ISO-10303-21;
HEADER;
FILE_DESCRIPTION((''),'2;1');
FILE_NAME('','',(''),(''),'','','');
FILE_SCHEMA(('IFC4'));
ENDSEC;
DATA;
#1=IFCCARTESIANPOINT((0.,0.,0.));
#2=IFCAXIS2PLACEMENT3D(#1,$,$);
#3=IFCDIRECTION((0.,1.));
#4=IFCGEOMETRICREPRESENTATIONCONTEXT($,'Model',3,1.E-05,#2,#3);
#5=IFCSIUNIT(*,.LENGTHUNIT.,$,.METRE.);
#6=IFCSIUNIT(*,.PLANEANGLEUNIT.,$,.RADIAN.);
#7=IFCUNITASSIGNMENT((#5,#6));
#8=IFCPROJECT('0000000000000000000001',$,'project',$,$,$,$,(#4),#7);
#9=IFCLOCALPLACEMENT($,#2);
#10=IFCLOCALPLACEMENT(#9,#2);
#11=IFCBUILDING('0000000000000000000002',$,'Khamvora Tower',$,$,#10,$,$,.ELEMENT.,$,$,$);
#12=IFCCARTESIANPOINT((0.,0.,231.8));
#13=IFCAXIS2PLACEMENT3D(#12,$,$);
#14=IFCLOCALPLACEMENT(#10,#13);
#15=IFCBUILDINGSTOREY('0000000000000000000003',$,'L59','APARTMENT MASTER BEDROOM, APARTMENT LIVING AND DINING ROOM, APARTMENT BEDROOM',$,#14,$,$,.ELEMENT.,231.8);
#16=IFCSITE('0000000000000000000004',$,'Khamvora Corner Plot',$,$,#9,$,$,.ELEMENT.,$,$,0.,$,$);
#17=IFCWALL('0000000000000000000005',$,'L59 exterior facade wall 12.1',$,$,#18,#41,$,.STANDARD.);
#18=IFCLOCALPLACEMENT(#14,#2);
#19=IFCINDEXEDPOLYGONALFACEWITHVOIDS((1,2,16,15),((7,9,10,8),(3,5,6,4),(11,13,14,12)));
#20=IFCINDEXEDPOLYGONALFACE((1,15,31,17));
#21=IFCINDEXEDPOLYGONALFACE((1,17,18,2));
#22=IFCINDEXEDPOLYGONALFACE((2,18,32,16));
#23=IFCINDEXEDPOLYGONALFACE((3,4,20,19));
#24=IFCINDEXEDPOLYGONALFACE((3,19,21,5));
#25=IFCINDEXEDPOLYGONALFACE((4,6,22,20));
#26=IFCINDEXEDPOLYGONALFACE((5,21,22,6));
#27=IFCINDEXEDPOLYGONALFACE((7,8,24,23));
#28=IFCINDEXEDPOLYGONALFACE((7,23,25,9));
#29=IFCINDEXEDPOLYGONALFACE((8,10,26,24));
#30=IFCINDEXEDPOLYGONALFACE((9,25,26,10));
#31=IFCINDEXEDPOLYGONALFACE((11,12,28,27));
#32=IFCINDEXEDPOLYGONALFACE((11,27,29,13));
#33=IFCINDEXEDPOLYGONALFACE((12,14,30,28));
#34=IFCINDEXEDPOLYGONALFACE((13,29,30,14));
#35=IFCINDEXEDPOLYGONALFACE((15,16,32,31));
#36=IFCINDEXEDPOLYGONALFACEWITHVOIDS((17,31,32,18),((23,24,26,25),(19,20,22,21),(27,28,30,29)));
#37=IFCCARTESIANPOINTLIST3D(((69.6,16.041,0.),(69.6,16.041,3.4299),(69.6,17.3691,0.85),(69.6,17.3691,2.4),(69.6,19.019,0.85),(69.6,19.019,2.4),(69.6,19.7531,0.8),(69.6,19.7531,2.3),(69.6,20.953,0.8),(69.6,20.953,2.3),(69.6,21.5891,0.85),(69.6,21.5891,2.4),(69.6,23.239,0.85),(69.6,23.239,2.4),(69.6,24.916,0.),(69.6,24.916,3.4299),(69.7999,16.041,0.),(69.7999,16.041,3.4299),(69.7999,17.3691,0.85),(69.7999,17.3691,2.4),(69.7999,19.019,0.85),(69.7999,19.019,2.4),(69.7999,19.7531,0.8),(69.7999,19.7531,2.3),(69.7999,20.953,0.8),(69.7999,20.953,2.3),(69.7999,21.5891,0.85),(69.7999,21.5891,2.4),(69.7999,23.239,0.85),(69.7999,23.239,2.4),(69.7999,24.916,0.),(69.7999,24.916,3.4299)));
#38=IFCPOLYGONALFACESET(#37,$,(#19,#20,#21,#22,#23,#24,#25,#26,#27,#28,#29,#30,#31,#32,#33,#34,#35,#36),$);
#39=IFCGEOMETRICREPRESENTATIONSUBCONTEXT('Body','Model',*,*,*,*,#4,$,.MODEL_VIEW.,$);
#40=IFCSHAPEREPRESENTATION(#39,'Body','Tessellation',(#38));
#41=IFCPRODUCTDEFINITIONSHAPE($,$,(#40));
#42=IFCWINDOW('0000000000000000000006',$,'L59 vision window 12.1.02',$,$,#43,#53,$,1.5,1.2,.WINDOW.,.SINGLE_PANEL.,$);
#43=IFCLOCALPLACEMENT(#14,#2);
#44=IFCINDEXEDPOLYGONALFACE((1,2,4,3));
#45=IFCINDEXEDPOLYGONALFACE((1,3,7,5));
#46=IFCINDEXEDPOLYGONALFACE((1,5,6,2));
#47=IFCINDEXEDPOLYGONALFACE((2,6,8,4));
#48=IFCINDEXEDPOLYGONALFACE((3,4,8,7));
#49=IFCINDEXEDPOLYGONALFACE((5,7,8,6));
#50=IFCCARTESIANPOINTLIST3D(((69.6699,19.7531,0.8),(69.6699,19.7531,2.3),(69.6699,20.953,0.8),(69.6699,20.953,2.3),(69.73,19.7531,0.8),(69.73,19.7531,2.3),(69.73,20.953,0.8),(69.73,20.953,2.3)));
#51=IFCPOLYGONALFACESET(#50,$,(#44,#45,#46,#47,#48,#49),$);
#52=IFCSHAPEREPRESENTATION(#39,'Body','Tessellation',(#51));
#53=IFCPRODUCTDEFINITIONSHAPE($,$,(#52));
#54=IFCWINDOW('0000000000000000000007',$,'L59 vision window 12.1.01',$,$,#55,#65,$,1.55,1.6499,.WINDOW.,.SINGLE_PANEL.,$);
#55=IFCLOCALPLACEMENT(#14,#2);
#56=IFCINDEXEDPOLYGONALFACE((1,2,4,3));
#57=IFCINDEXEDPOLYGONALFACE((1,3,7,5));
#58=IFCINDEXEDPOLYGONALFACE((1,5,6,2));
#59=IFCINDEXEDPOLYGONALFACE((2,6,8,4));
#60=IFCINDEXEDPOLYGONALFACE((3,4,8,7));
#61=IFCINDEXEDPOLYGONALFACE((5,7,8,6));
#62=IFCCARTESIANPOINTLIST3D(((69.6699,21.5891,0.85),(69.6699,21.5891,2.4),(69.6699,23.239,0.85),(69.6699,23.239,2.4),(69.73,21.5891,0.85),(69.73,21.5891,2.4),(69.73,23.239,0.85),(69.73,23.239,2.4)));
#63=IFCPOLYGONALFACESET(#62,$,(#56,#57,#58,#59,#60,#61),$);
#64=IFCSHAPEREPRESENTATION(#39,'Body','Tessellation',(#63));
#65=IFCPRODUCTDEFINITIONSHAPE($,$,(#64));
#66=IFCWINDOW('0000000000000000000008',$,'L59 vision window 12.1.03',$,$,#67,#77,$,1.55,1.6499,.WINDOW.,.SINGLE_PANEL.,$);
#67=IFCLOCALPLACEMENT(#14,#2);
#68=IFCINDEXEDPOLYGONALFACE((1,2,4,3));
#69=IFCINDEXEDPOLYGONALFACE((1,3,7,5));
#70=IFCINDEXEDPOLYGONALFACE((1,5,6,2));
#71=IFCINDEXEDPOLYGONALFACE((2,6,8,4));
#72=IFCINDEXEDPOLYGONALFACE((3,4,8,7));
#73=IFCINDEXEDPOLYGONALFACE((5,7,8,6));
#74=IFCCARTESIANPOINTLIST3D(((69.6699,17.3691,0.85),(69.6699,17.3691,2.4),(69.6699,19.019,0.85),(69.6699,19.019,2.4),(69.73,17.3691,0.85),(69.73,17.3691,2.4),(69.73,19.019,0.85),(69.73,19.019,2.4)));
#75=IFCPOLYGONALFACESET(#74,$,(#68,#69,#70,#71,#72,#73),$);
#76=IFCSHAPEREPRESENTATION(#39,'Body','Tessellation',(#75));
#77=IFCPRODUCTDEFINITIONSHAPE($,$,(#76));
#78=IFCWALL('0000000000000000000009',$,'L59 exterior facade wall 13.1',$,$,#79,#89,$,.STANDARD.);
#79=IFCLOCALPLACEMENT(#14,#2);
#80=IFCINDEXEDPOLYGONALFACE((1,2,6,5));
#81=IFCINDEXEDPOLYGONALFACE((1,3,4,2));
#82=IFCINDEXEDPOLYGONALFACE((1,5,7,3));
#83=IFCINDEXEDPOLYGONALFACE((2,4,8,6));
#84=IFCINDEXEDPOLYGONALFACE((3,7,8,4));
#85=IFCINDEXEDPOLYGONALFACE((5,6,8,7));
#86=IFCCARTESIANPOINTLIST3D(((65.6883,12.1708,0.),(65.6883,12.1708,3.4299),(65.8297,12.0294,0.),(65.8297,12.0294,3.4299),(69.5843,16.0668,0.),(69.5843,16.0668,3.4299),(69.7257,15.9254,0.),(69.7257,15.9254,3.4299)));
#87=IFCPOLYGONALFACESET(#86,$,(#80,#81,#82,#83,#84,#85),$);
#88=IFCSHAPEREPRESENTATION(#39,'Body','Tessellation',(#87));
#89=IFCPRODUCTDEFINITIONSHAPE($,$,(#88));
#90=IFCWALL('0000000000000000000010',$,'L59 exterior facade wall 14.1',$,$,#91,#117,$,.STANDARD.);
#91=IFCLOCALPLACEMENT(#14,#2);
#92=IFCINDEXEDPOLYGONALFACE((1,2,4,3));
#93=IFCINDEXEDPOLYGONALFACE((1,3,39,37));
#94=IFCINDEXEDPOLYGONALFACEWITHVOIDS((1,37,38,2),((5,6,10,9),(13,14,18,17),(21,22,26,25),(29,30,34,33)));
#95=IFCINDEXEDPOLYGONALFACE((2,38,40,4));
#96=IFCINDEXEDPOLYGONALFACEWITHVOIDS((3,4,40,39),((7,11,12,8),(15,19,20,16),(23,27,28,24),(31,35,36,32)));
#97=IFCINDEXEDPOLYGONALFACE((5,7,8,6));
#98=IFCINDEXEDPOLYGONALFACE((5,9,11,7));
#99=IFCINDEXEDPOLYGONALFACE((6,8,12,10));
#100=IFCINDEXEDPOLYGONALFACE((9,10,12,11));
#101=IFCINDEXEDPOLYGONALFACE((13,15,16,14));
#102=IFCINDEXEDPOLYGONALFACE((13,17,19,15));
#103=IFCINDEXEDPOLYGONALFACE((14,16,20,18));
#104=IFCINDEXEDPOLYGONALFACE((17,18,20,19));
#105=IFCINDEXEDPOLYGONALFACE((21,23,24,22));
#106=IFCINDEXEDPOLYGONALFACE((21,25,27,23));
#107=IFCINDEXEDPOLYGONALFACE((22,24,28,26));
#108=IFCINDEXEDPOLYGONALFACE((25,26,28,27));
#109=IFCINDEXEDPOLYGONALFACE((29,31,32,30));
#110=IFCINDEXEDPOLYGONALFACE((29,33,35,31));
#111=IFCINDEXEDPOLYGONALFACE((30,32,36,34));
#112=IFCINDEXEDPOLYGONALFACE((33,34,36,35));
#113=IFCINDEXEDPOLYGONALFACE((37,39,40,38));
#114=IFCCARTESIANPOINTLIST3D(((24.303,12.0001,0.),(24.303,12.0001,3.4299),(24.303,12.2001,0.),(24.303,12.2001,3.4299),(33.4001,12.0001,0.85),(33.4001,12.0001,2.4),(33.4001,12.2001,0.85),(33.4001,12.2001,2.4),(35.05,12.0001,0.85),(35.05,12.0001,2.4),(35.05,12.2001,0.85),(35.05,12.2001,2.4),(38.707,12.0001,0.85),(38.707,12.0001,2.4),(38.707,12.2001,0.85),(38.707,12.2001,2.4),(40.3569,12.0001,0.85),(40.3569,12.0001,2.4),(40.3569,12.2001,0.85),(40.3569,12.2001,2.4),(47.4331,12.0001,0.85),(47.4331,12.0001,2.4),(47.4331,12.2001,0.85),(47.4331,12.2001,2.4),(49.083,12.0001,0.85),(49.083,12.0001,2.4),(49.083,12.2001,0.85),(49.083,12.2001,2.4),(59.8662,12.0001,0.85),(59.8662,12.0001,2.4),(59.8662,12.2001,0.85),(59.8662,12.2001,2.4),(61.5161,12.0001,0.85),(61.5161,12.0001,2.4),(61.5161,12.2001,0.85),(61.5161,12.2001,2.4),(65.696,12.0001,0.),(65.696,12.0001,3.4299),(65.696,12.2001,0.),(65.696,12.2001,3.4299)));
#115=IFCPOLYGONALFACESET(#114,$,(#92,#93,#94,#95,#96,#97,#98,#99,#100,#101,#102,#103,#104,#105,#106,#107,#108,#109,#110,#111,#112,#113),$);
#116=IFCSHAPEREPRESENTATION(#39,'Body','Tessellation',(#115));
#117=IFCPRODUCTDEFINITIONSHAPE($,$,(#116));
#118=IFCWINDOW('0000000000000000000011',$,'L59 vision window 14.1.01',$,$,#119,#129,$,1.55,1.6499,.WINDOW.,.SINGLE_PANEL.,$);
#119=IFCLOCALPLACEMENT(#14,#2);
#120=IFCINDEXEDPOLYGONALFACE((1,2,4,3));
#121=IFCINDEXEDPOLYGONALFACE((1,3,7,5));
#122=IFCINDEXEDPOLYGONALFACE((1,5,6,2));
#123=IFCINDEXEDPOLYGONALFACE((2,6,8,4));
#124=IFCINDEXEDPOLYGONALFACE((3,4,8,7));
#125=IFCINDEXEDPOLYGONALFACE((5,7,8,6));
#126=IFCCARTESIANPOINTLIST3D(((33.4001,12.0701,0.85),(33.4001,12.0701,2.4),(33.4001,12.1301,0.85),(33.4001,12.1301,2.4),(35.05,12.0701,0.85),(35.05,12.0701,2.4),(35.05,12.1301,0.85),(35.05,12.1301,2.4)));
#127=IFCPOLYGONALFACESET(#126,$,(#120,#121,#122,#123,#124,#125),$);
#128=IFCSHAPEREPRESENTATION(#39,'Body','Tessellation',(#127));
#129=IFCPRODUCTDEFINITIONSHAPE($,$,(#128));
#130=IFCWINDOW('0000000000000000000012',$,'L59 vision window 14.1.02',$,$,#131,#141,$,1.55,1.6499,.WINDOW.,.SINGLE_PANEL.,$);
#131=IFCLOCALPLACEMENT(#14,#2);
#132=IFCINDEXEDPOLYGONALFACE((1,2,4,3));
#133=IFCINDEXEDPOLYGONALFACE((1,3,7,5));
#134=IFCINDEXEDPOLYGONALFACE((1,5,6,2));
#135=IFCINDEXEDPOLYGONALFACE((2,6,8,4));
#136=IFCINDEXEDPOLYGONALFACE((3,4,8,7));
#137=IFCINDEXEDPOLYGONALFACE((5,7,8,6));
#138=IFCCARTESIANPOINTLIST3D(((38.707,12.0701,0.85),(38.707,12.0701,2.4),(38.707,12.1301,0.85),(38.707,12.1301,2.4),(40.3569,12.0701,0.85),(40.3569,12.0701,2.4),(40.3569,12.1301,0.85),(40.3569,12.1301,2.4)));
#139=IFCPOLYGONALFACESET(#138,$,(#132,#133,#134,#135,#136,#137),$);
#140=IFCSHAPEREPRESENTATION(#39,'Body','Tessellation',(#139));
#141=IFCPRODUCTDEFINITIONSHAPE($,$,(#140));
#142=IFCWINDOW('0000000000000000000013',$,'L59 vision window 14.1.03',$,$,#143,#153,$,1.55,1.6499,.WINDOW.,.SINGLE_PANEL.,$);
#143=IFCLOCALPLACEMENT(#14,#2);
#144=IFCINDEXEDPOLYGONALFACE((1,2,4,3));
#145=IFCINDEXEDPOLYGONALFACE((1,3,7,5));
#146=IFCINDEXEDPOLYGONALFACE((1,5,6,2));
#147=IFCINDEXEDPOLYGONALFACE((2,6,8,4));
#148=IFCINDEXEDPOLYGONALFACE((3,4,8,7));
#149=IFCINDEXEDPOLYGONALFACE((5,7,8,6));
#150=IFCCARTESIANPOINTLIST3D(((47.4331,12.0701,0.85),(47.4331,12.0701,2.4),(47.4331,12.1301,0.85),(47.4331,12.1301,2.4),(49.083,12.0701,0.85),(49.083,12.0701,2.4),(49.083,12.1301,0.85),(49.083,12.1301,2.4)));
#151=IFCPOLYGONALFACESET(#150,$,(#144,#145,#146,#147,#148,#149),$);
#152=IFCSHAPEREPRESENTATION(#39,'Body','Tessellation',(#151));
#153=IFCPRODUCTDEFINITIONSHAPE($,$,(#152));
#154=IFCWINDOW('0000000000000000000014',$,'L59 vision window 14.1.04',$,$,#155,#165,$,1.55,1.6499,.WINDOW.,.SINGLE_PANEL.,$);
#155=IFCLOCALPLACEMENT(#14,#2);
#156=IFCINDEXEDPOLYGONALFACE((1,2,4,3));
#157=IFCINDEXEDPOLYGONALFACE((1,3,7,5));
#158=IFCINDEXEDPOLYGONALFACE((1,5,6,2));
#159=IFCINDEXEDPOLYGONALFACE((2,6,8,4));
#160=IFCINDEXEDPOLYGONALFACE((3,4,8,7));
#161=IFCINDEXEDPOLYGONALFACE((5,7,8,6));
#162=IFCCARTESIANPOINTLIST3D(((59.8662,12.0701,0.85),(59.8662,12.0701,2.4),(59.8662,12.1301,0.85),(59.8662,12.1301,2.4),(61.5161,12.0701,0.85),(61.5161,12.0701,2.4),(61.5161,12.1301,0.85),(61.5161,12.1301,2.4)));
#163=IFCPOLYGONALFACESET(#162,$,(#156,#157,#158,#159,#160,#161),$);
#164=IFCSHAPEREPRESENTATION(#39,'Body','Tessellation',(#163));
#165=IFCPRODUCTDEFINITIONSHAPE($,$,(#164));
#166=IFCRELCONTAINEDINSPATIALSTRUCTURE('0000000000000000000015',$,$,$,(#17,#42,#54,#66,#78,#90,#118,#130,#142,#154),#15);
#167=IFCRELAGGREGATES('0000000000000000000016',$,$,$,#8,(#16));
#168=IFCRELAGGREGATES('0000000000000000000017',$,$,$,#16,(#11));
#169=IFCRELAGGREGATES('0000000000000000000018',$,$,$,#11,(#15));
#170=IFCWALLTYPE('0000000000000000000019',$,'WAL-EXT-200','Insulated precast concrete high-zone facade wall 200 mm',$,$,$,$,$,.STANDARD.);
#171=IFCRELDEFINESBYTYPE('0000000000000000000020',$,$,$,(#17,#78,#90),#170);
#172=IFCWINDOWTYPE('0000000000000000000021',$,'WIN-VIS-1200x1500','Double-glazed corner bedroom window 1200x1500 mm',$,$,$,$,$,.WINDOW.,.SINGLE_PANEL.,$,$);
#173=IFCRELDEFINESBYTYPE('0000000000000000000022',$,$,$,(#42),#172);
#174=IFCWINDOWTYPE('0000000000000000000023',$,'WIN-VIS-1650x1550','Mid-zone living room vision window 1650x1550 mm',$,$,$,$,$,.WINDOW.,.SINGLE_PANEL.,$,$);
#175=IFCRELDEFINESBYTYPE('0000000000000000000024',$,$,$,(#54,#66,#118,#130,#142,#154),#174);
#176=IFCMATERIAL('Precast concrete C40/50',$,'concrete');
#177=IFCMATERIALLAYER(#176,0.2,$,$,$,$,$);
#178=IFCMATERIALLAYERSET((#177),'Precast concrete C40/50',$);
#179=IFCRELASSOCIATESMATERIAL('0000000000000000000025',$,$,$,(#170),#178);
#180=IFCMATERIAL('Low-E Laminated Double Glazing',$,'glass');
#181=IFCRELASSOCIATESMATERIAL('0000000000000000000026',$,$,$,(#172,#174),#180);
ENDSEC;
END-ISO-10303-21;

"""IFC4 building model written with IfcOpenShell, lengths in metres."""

from ifc_helpers import new_model, si_unit, direction, frame, frame_2d, origin, place, context, subcontext, project, spatial, rectangle, extrude, material, layer, layer_set, type_object, element, fill, save


model = new_model("IFC4")

# Units and contexts
model_context = context("Model", 3, precision=1e-05, world=origin(), true_north=direction((0.0, 1.0)))
body_context = subcontext(model_context, "Body", "Model", "MODEL_VIEW")
ifc_project = project(units=[si_unit("LENGTHUNIT", "METRE"), si_unit("PLANEANGLEUNIT", "RADIAN")], contexts=[model_context])

# Site, building, storey
site_placement = place(None, origin())
site = spatial("IfcSite", under=ifc_project, at=site_placement, Name="Khamvora Corner Plot", CompositionType="ELEMENT", RefElevation=0.0)
building_placement = place(site_placement, origin())
building = spatial("IfcBuilding", under=site, at=building_placement, Name="Khamvora Tower", CompositionType="ELEMENT")
storey_placement = place(building_placement, frame((0.0, 0.0, 231.8)))
storey = spatial("IfcBuildingStorey", under=building, at=storey_placement, Name="L59", Description="APARTMENT MASTER BEDROOM, APARTMENT LIVING AND DINING ROOM, APARTMENT BEDROOM", CompositionType="ELEMENT", Elevation=231.8)

# Wall, openings, windows
ifc_material_1 = material(Name="Precast concrete C40/50", Category="concrete")
ifc_layer_1 = layer(ifc_material_1, 0.2)
ifc_layer_set_1 = layer_set([ifc_layer_1], Name="Precast concrete C40/50")
wall_type_1 = type_object("IfcWallType", Name="WAL-EXT-200", Description="Insulated precast concrete high-zone facade wall 200 mm", PredefinedType="STANDARD", material=ifc_layer_set_1)
wall_1_placement = place(storey_placement, frame((69.7, 24.916, 0.0), z_axis=(0.0, 0.0, 1.0), x_axis=(0.0, -1.0, 0.0)))
wall_1 = element("IfcWall", 1, at=wall_1_placement, inside=storey, type_object=wall_type_1, Name="L59 exterior facade wall 12.1", PredefinedType="STANDARD", context=body_context, shape_type="SweptSolid", body=[
    extrude(rectangle(XDim=8.875, YDim=0.2, at=frame_2d((4.4375, 0.0))), origin(), (0.0, 0.0, 1.0), 3.4299),
])
opening_1_placement = place(wall_1_placement, frame((1.677, 0.0, 0.8501)))
opening_1 = element("IfcOpeningElement", 2, at=opening_1_placement, cuts=wall_1, PredefinedType="OPENING", context=body_context, shape_type="SweptSolid", body=[
    extrude(rectangle(XDim=1.6499, YDim=1.55, at=frame_2d((0.825, 0.7749))), frame((0.0, 0.1099, 0.0), z_axis=(0.0, -1.0, 0.0), x_axis=(1.0, 0.0, 0.0)), (0.0, 0.0, 1.0), 0.22),
])
opening_2_placement = place(wall_1_placement, frame((3.9629, 0.0, 0.8)))
opening_2 = element("IfcOpeningElement", 3, at=opening_2_placement, cuts=wall_1, PredefinedType="OPENING", context=body_context, shape_type="SweptSolid", body=[
    extrude(rectangle(XDim=1.2, YDim=1.5, at=frame_2d((0.6001, 0.75))), frame((0.0, 0.1099, 0.0), z_axis=(0.0, -1.0, 0.0), x_axis=(1.0, 0.0, 0.0)), (0.0, 0.0, 1.0), 0.22),
])
opening_3_placement = place(wall_1_placement, frame((5.897, 0.0, 0.8501)))
opening_3 = element("IfcOpeningElement", 4, at=opening_3_placement, cuts=wall_1, PredefinedType="OPENING", context=body_context, shape_type="SweptSolid", body=[
    extrude(rectangle(XDim=1.6499, YDim=1.55, at=frame_2d((0.825, 0.7749))), frame((0.0, 0.1099, 0.0), z_axis=(0.0, -1.0, 0.0), x_axis=(1.0, 0.0, 0.0)), (0.0, 0.0, 1.0), 0.22),
])
ifc_material_2 = material(Name="Low-E Laminated Double Glazing", Category="glass")
window_type_1 = type_object("IfcWindowType", Name="WIN-VIS-1200x1500", Description="Double-glazed corner bedroom window 1200x1500 mm", PartitioningType="SINGLE_PANEL", PredefinedType="WINDOW", material=ifc_material_2)
window_1_placement = place(opening_2_placement, origin())
window_1 = element("IfcWindow", 5, at=window_1_placement, inside=storey, type_object=window_type_1, Name="L59 vision window 12.1.02", OverallHeight=1.5, OverallWidth=1.2, PartitioningType="SINGLE_PANEL", PredefinedType="WINDOW", context=body_context, shape_type="SweptSolid", body=[
    extrude(rectangle(XDim=1.2, YDim=1.5, at=frame_2d((0.6001, 0.75))), frame((0.0, 0.03, 0.0), z_axis=(0.0, -1.0, 0.0), x_axis=(1.0, 0.0, 0.0)), (0.0, 0.0, 1.0), 0.0601),
])
fill(opening_2, window_1)
window_type_2 = type_object("IfcWindowType", Name="WIN-VIS-1650x1550", Description="Mid-zone living room vision window 1650x1550 mm", PartitioningType="SINGLE_PANEL", PredefinedType="WINDOW", material=ifc_material_2)
window_2_placement = place(opening_1_placement, origin())
window_2 = element("IfcWindow", 6, at=window_2_placement, inside=storey, type_object=window_type_2, Name="L59 vision window 12.1.01", OverallHeight=1.55, OverallWidth=1.6499, PartitioningType="SINGLE_PANEL", PredefinedType="WINDOW", context=body_context, shape_type="SweptSolid", body=[
    extrude(rectangle(XDim=1.6499, YDim=1.55, at=frame_2d((0.825, 0.7749))), frame((0.0, 0.03, 0.0), z_axis=(0.0, -1.0, 0.0), x_axis=(1.0, 0.0, 0.0)), (0.0, 0.0, 1.0), 0.0601),
])
fill(opening_1, window_2)
window_3_placement = place(opening_3_placement, origin())
window_3 = element("IfcWindow", 7, at=window_3_placement, inside=storey, type_object=window_type_2, Name="L59 vision window 12.1.03", OverallHeight=1.55, OverallWidth=1.6499, PartitioningType="SINGLE_PANEL", PredefinedType="WINDOW", context=body_context, shape_type="SweptSolid", body=[
    extrude(rectangle(XDim=1.6499, YDim=1.55, at=frame_2d((0.825, 0.7749))), frame((0.0, 0.03, 0.0), z_axis=(0.0, -1.0, 0.0), x_axis=(1.0, 0.0, 0.0)), (0.0, 0.0, 1.0), 0.0601),
])
fill(opening_3, window_3)

# Wall
wall_2_placement = place(storey_placement, frame((69.655, 15.9961, 0.0), z_axis=(0.0, 0.0, 1.0), x_axis=(-0.707107, -0.707107, 0.0)))
element("IfcWall", 8, at=wall_2_placement, inside=storey, type_object=wall_type_1, Name="L59 exterior facade wall 13.1", PredefinedType="STANDARD", context=body_context, shape_type="SweptSolid", body=[
    extrude(rectangle(XDim=5.5098, YDim=0.2, at=frame_2d((2.7549, 0.0))), origin(), (0.0, 0.0, 1.0), 3.4299),
])

# Wall, openings, windows
wall_3_placement = place(storey_placement, frame((65.696, 12.1001, 0.0), z_axis=(0.0, 0.0, 1.0), x_axis=(-1.0, 0.0, 0.0)))
wall_3 = element("IfcWall", 9, at=wall_3_placement, inside=storey, type_object=wall_type_1, Name="L59 exterior facade wall 14.1", PredefinedType="STANDARD", context=body_context, shape_type="SweptSolid", body=[
    extrude(rectangle(XDim=41.3931, YDim=0.2, at=frame_2d((20.6965, 0.0))), origin(), (0.0, 0.0, 1.0), 3.4299),
])
opening_4_placement = place(wall_3_placement, frame((30.646, 0.0, 0.8501)))
opening_4 = element("IfcOpeningElement", 10, at=opening_4_placement, cuts=wall_3, PredefinedType="OPENING", context=body_context, shape_type="SweptSolid", body=[
    extrude(rectangle(XDim=1.6499, YDim=1.55, at=frame_2d((0.825, 0.7749))), frame((0.0, 0.1099, 0.0), z_axis=(0.0, -1.0, 0.0), x_axis=(1.0, 0.0, 0.0)), (0.0, 0.0, 1.0), 0.22),
])
opening_5_placement = place(wall_3_placement, frame((25.3391, 0.0, 0.8501)))
opening_5 = element("IfcOpeningElement", 11, at=opening_5_placement, cuts=wall_3, PredefinedType="OPENING", context=body_context, shape_type="SweptSolid", body=[
    extrude(rectangle(XDim=1.6499, YDim=1.55, at=frame_2d((0.825, 0.7749))), frame((0.0, 0.1099, 0.0), z_axis=(0.0, -1.0, 0.0), x_axis=(1.0, 0.0, 0.0)), (0.0, 0.0, 1.0), 0.22),
])
opening_6_placement = place(wall_3_placement, frame((16.613, 0.0, 0.8501)))
opening_6 = element("IfcOpeningElement", 12, at=opening_6_placement, cuts=wall_3, PredefinedType="OPENING", context=body_context, shape_type="SweptSolid", body=[
    extrude(rectangle(XDim=1.6499, YDim=1.55, at=frame_2d((0.825, 0.7749))), frame((0.0, 0.1099, 0.0), z_axis=(0.0, -1.0, 0.0), x_axis=(1.0, 0.0, 0.0)), (0.0, 0.0, 1.0), 0.22),
])
opening_7_placement = place(wall_3_placement, frame((4.1799, 0.0, 0.8501)))
opening_7 = element("IfcOpeningElement", 13, at=opening_7_placement, cuts=wall_3, PredefinedType="OPENING", context=body_context, shape_type="SweptSolid", body=[
    extrude(rectangle(XDim=1.6499, YDim=1.55, at=frame_2d((0.825, 0.7749))), frame((0.0, 0.1099, 0.0), z_axis=(0.0, -1.0, 0.0), x_axis=(1.0, 0.0, 0.0)), (0.0, 0.0, 1.0), 0.22),
])
window_4_placement = place(opening_4_placement, origin())
window_4 = element("IfcWindow", 14, at=window_4_placement, inside=storey, type_object=window_type_2, Name="L59 vision window 14.1.01", OverallHeight=1.55, OverallWidth=1.6499, PartitioningType="SINGLE_PANEL", PredefinedType="WINDOW", context=body_context, shape_type="SweptSolid", body=[
    extrude(rectangle(XDim=1.6499, YDim=1.55, at=frame_2d((0.825, 0.7749))), frame((0.0, 0.03, 0.0), z_axis=(0.0, -1.0, 0.0), x_axis=(1.0, 0.0, 0.0)), (0.0, 0.0, 1.0), 0.0601),
])
fill(opening_4, window_4)
window_5_placement = place(opening_5_placement, origin())
window_5 = element("IfcWindow", 15, at=window_5_placement, inside=storey, type_object=window_type_2, Name="L59 vision window 14.1.02", OverallHeight=1.55, OverallWidth=1.6499, PartitioningType="SINGLE_PANEL", PredefinedType="WINDOW", context=body_context, shape_type="SweptSolid", body=[
    extrude(rectangle(XDim=1.6499, YDim=1.55, at=frame_2d((0.825, 0.7749))), frame((0.0, 0.03, 0.0), z_axis=(0.0, -1.0, 0.0), x_axis=(1.0, 0.0, 0.0)), (0.0, 0.0, 1.0), 0.0601),
])
fill(opening_5, window_5)
window_6_placement = place(opening_6_placement, origin())
window_6 = element("IfcWindow", 16, at=window_6_placement, inside=storey, type_object=window_type_2, Name="L59 vision window 14.1.03", OverallHeight=1.55, OverallWidth=1.6499, PartitioningType="SINGLE_PANEL", PredefinedType="WINDOW", context=body_context, shape_type="SweptSolid", body=[
    extrude(rectangle(XDim=1.6499, YDim=1.55, at=frame_2d((0.825, 0.7749))), frame((0.0, 0.03, 0.0), z_axis=(0.0, -1.0, 0.0), x_axis=(1.0, 0.0, 0.0)), (0.0, 0.0, 1.0), 0.0601),
])
fill(opening_6, window_6)
window_7_placement = place(opening_7_placement, origin())
window_7 = element("IfcWindow", 17, at=window_7_placement, inside=storey, type_object=window_type_2, Name="L59 vision window 14.1.04", OverallHeight=1.55, OverallWidth=1.6499, PartitioningType="SINGLE_PANEL", PredefinedType="WINDOW", context=body_context, shape_type="SweptSolid", body=[
    extrude(rectangle(XDim=1.6499, YDim=1.55, at=frame_2d((0.825, 0.7749))), frame((0.0, 0.03, 0.0), z_axis=(0.0, -1.0, 0.0), x_axis=(1.0, 0.0, 0.0)), (0.0, 0.0, 1.0), 0.0601),
])
fill(opening_7, window_7)

save(model, "model.ifc")
